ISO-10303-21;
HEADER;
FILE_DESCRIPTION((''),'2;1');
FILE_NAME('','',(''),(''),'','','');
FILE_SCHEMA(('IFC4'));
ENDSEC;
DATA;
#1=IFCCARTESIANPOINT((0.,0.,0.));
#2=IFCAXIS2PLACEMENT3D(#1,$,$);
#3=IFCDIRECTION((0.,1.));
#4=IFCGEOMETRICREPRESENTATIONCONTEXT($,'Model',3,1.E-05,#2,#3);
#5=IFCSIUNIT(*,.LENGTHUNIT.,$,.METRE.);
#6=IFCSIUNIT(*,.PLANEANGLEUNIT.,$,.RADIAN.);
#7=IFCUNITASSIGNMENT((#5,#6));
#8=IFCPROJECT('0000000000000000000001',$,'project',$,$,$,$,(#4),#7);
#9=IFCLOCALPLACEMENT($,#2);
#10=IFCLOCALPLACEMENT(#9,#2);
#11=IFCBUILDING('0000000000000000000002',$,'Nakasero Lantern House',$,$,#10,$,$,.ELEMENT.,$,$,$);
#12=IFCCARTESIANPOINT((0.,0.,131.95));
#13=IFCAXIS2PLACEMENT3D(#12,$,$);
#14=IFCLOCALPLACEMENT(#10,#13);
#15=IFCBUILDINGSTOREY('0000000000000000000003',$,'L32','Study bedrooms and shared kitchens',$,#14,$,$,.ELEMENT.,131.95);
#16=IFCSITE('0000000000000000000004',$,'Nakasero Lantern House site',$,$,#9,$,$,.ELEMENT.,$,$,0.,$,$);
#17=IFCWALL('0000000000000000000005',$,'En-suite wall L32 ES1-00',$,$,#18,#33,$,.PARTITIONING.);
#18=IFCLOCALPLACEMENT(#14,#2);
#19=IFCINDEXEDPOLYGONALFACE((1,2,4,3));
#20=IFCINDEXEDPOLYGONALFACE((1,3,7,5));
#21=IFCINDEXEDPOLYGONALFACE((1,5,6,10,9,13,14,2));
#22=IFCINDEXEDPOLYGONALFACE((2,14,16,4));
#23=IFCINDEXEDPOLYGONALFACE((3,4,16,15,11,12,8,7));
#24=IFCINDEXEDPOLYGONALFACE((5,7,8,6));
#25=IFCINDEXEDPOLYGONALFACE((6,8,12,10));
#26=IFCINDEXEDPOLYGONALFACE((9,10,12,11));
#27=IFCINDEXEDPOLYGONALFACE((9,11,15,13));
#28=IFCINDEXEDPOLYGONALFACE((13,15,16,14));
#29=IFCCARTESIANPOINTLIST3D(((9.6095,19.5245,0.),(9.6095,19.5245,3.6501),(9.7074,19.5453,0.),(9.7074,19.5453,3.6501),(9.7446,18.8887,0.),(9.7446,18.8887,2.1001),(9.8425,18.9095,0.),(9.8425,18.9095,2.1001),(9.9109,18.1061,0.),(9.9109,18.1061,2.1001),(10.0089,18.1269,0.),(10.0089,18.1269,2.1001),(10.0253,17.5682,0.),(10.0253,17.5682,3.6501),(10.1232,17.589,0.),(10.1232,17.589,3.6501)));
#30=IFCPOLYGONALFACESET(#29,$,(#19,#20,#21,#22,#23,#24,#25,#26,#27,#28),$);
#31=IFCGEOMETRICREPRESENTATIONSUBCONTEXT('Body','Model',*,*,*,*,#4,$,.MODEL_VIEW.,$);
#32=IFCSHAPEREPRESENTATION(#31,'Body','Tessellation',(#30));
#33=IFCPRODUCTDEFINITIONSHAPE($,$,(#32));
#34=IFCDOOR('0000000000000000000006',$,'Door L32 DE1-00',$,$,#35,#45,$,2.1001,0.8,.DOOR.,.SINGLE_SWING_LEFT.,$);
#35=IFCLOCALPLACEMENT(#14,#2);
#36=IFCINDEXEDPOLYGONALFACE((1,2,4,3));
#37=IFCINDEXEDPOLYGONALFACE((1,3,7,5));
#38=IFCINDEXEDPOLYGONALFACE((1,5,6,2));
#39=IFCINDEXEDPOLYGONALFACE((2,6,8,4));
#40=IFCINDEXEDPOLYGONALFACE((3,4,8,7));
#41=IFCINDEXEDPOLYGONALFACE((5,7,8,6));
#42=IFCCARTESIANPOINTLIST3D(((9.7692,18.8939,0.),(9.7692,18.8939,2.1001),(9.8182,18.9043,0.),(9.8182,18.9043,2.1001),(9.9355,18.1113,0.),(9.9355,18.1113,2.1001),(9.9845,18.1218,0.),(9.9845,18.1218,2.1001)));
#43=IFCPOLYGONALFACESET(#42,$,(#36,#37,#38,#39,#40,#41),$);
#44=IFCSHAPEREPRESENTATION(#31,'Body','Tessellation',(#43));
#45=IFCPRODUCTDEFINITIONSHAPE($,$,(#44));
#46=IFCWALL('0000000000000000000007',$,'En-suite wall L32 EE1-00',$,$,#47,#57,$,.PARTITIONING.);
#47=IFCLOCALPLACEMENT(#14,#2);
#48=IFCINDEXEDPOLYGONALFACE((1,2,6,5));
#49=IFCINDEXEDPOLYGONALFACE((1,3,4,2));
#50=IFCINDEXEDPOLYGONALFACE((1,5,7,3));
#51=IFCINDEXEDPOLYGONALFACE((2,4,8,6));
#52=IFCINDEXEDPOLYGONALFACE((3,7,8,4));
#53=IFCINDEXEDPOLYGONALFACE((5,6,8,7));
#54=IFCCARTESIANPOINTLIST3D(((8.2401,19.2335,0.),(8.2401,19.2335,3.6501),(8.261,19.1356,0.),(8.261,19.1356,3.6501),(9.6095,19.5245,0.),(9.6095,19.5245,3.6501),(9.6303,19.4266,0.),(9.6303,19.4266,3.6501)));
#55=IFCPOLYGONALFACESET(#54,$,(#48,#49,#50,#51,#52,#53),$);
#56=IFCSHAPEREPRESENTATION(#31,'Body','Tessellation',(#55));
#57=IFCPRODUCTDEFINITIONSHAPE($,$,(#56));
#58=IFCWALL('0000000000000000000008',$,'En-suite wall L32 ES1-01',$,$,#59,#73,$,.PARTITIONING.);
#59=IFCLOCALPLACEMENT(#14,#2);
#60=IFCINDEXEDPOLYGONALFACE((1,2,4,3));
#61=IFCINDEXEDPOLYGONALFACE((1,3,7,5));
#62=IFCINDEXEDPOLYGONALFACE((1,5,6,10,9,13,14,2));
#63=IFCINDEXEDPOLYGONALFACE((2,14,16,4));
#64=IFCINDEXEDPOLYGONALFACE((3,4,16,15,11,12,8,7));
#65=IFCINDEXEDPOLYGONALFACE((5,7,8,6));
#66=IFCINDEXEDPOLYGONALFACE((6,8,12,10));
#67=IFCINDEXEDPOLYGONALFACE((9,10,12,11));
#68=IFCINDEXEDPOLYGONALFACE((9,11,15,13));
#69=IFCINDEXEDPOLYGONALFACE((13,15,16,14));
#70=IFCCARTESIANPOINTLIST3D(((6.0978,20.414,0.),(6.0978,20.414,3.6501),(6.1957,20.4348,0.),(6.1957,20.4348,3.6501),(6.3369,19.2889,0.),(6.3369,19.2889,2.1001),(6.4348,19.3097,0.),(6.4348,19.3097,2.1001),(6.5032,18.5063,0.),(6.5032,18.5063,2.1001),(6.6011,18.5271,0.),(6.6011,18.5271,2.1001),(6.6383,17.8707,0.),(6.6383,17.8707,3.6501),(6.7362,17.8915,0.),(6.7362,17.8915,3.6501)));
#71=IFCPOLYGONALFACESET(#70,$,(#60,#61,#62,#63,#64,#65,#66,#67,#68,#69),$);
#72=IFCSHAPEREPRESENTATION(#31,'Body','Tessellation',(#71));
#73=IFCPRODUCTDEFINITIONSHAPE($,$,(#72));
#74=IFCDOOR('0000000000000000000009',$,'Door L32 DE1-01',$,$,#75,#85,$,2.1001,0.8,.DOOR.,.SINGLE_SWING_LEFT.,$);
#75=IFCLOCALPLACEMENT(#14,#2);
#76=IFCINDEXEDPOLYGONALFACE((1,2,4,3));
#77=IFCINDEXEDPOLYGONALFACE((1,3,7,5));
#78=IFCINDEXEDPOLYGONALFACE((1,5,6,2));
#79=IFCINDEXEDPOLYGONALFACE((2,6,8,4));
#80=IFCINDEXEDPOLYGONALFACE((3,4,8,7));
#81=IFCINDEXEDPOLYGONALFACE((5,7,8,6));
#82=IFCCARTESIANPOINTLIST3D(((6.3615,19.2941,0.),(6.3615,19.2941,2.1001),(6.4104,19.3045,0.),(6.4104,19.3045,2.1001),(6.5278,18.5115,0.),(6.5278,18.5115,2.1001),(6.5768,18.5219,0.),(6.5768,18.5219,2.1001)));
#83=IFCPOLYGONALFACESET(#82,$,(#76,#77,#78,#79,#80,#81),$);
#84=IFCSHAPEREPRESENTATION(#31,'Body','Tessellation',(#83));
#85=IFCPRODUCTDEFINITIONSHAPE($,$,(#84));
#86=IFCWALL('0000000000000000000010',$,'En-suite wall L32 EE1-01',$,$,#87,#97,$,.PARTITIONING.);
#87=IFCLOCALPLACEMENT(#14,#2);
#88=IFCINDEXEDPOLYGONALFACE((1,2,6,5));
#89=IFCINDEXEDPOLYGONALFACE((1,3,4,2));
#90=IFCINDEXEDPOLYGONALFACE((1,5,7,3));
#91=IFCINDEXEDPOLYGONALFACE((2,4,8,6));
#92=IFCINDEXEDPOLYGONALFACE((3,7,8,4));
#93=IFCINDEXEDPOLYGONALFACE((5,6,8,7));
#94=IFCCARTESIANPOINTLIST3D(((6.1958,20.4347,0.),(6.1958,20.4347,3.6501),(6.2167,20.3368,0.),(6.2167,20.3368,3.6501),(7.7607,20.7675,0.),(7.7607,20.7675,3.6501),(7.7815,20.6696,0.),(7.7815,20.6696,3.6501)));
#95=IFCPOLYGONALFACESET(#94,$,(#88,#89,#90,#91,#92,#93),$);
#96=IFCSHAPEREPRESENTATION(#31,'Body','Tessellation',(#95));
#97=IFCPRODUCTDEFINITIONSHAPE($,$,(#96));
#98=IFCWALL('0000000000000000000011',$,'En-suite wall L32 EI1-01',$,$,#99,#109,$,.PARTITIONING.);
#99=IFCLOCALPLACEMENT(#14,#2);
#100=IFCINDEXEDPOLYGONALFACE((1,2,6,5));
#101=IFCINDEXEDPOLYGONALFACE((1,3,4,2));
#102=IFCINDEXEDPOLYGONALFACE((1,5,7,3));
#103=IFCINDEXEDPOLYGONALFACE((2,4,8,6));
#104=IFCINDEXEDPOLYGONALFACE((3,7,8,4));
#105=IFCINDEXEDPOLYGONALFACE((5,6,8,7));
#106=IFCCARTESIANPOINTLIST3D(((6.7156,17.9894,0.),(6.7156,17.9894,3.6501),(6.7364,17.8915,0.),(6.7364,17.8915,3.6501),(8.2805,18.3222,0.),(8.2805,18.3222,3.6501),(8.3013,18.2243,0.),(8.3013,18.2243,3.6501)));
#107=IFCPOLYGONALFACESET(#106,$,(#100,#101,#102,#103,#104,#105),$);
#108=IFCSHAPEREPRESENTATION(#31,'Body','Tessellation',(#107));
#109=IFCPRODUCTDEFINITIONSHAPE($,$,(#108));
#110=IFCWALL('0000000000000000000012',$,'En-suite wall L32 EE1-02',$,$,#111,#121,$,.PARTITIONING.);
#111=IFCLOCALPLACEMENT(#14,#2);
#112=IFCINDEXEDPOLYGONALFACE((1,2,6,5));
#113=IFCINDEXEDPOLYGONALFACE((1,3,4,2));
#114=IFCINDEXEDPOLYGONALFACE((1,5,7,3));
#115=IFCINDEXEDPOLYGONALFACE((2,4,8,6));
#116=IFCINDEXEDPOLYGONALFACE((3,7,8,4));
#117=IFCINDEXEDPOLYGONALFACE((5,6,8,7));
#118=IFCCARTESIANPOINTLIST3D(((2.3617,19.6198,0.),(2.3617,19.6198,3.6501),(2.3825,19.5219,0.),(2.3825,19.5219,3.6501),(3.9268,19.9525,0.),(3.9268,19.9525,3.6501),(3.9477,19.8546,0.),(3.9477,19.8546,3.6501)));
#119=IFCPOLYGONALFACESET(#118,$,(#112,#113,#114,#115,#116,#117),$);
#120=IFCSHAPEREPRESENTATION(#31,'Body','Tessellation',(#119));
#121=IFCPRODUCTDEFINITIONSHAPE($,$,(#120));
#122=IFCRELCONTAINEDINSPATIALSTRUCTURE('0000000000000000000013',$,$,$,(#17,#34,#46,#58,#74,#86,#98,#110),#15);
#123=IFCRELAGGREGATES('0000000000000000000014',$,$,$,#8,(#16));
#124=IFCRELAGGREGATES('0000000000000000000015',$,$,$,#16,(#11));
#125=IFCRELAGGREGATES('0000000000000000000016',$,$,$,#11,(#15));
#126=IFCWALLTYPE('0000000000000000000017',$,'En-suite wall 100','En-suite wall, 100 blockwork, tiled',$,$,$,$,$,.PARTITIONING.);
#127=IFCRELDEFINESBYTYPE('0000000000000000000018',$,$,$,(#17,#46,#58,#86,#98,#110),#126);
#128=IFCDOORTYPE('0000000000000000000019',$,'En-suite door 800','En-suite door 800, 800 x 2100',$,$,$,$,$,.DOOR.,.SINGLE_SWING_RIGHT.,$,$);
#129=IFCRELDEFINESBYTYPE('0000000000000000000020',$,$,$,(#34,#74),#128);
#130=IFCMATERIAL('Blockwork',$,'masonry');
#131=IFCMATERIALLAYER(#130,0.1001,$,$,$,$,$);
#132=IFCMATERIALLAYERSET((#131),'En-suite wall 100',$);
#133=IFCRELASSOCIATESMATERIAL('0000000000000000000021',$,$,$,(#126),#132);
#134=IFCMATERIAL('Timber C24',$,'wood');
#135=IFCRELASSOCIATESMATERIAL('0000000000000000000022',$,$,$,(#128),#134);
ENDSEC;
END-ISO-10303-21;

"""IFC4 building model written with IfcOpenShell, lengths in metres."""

from ifc_helpers import new_model, si_unit, direction, frame, frame_2d, origin, place, context, subcontext, project, spatial, rectangle, extrude, material, layer, layer_set, type_object, element, fill, save


model = new_model("IFC4")

# Units and contexts
model_context = context("Model", 3, precision=1e-05, world=origin(), true_north=direction((0.0, 1.0)))
body_context = subcontext(model_context, "Body", "Model", "MODEL_VIEW")
ifc_project = project(units=[si_unit("LENGTHUNIT", "METRE"), si_unit("PLANEANGLEUNIT", "RADIAN")], contexts=[model_context])

# Site, building, storey
site_placement = place(None, origin())
site = spatial("IfcSite", under=ifc_project, at=site_placement, Name="Nakasero Lantern House site", CompositionType="ELEMENT", RefElevation=0.0)
building_placement = place(site_placement, origin())
building = spatial("IfcBuilding", under=site, at=building_placement, Name="Nakasero Lantern House", CompositionType="ELEMENT")
storey_placement = place(building_placement, frame((0.0, 0.0, 131.95)))
storey = spatial("IfcBuildingStorey", under=building, at=storey_placement, Name="L32", Description="Study bedrooms and shared kitchens", CompositionType="ELEMENT", Elevation=131.95)

# Shared definitions
ifc_material_1 = material(Name="Blockwork", Category="masonry")
ifc_layer_1 = layer(ifc_material_1, 0.1001)
ifc_layer_set_1 = layer_set([ifc_layer_1], Name="En-suite wall 100")
wall_type_1 = type_object("IfcWallType", Name="En-suite wall 100", Description="En-suite wall, 100 blockwork, tiled", PredefinedType="PARTITIONING", material=ifc_layer_set_1)
ifc_material_2 = material(Name="Timber C24", Category="wood")
door_type_1 = type_object("IfcDoorType", Name="En-suite door 800", Description="En-suite door 800, 800 x 2100", OperationType="SINGLE_SWING_RIGHT", PredefinedType="DOOR", material=ifc_material_2)

# Wall, opening, door
wall_1_placement = place(storey_placement, frame((10.0742, 17.5786, 0.0), z_axis=(0.0, 0.0, 1.0), x_axis=(-0.207886, 0.978153, 0.0)))
wall_1 = element("IfcWall", 1, at=wall_1_placement, inside=storey, type_object=wall_type_1, Name="En-suite wall L32 ES1-00", PredefinedType="PARTITIONING", context=body_context, shape_type="SweptSolid", body=[
    extrude(rectangle(XDim=2.0, YDim=0.1001, at=frame_2d((1.0, 0.0))), origin(), (0.0, 0.0, 1.0), 3.6501),
])
opening_1_placement = place(wall_1_placement, frame((0.55, 0.0, 0.0)))
opening_1 = element("IfcOpeningElement", 2, at=opening_1_placement, cuts=wall_1, PredefinedType="OPENING", context=body_context, shape_type="SweptSolid", body=[
    extrude(rectangle(XDim=0.8, YDim=2.1001, at=frame_2d((0.3999, 1.05))), frame((0.0, 0.0701, 0.0), z_axis=(0.0, -1.0, 0.0), x_axis=(1.0, 0.0, 0.0)), (0.0, 0.0, 1.0), 0.1401),
])
door_1_placement = place(opening_1_placement, origin())
door_1 = element("IfcDoor", 3, at=door_1_placement, inside=storey, type_object=door_type_1, Name="Door L32 DE1-00", OperationType="SINGLE_SWING_LEFT", OverallHeight=2.1001, OverallWidth=0.8, PredefinedType="DOOR", context=body_context, shape_type="SweptSolid", body=[
    extrude(rectangle(XDim=0.8, YDim=2.1001, at=frame_2d((0.3999, 1.05))), frame((0.0, 0.0249, 0.0), z_axis=(0.0, -1.0, 0.0), x_axis=(1.0, 0.0, 0.0)), (0.0, 0.0, 1.0), 0.05),
])
fill(opening_1, door_1)

# Wall
wall_2_placement = place(storey_placement, frame((9.6199, 19.4756, 0.0), z_axis=(0.0, 0.0, 1.0), x_axis=(-0.978156, -0.207873, 0.0)))
element("IfcWall", 4, at=wall_2_placement, inside=storey, type_object=wall_type_1, Name="En-suite wall L32 EE1-00", PredefinedType="PARTITIONING", context=body_context, shape_type="SweptSolid", body=[
    extrude(rectangle(XDim=1.3999, YDim=0.1001, at=frame_2d((0.7, 0.0))), origin(), (0.0, 0.0, 1.0), 3.6501),
])

# Wall, opening, door
wall_3_placement = place(storey_placement, frame((6.6873, 17.8811, 0.0), z_axis=(0.0, 0.0, 1.0), x_axis=(-0.207894, 0.978151, 0.0)))
wall_3 = element("IfcWall", 5, at=wall_3_placement, inside=storey, type_object=wall_type_1, Name="En-suite wall L32 ES1-01", PredefinedType="PARTITIONING", context=body_context, shape_type="SweptSolid", body=[
    extrude(rectangle(XDim=2.6001, YDim=0.1001, at=frame_2d((1.3, 0.0))), origin(), (0.0, 0.0, 1.0), 3.6501),
])
opening_2_placement = place(wall_3_placement, frame((0.6499, 0.0, 0.0)))
opening_2 = element("IfcOpeningElement", 6, at=opening_2_placement, cuts=wall_3, PredefinedType="OPENING", context=body_context, shape_type="SweptSolid", body=[
    extrude(rectangle(XDim=0.8, YDim=2.1001, at=frame_2d((0.3999, 1.05))), frame((0.0, 0.0701, 0.0), z_axis=(0.0, -1.0, 0.0), x_axis=(1.0, 0.0, 0.0)), (0.0, 0.0, 1.0), 0.1401),
])
door_2_placement = place(opening_2_placement, origin())
door_2 = element("IfcDoor", 7, at=door_2_placement, inside=storey, type_object=door_type_1, Name="Door L32 DE1-01", OperationType="SINGLE_SWING_LEFT", OverallHeight=2.1001, OverallWidth=0.8, PredefinedType="DOOR", context=body_context, shape_type="SweptSolid", body=[
    extrude(rectangle(XDim=0.8, YDim=2.1001, at=frame_2d((0.3999, 1.05))), frame((0.0, 0.0249, 0.0), z_axis=(0.0, -1.0, 0.0), x_axis=(1.0, 0.0, 0.0)), (0.0, 0.0, 1.0), 0.05),
])
fill(opening_2, door_2)

# Walls
for number, where, z_axis, x_axis, name in (
    (8, (7.771, 20.7185, 0.0), (0.0, 0.0, 1.0), (-0.978132, -0.207987, 0.0), "En-suite wall L32 EE1-01"),
    (9, (8.2908, 18.2732, 0.0), (0.0, 0.0, 1.0), (-0.978132, -0.207987, 0.0), "En-suite wall L32 EI1-01"),
):
    element("IfcWall", number, at=place(storey_placement, frame(where, z_axis=z_axis, x_axis=x_axis)), inside=storey, type_object=wall_type_1, Name=name, PredefinedType="PARTITIONING", context=body_context, shape_type="SweptSolid", body=[
        extrude(rectangle(XDim=1.5999, YDim=0.1001, at=frame_2d((0.7998, 0.0))), origin(), (0.0, 0.0, 1.0), 3.6501),
    ])
wall_4_placement = place(storey_placement, frame((3.9373, 19.9036, 0.0), z_axis=(0.0, 0.0, 1.0), x_axis=(-0.978138, -0.207955, 0.0)))
element("IfcWall", 10, at=wall_4_placement, inside=storey, type_object=wall_type_1, Name="En-suite wall L32 EE1-02", PredefinedType="PARTITIONING", context=body_context, shape_type="SweptSolid", body=[
    extrude(rectangle(XDim=1.6001, YDim=0.1001, at=frame_2d((0.8, 0.0))), origin(), (0.0, 0.0, 1.0), 3.6501),
])

save(model, "model.ifc")
